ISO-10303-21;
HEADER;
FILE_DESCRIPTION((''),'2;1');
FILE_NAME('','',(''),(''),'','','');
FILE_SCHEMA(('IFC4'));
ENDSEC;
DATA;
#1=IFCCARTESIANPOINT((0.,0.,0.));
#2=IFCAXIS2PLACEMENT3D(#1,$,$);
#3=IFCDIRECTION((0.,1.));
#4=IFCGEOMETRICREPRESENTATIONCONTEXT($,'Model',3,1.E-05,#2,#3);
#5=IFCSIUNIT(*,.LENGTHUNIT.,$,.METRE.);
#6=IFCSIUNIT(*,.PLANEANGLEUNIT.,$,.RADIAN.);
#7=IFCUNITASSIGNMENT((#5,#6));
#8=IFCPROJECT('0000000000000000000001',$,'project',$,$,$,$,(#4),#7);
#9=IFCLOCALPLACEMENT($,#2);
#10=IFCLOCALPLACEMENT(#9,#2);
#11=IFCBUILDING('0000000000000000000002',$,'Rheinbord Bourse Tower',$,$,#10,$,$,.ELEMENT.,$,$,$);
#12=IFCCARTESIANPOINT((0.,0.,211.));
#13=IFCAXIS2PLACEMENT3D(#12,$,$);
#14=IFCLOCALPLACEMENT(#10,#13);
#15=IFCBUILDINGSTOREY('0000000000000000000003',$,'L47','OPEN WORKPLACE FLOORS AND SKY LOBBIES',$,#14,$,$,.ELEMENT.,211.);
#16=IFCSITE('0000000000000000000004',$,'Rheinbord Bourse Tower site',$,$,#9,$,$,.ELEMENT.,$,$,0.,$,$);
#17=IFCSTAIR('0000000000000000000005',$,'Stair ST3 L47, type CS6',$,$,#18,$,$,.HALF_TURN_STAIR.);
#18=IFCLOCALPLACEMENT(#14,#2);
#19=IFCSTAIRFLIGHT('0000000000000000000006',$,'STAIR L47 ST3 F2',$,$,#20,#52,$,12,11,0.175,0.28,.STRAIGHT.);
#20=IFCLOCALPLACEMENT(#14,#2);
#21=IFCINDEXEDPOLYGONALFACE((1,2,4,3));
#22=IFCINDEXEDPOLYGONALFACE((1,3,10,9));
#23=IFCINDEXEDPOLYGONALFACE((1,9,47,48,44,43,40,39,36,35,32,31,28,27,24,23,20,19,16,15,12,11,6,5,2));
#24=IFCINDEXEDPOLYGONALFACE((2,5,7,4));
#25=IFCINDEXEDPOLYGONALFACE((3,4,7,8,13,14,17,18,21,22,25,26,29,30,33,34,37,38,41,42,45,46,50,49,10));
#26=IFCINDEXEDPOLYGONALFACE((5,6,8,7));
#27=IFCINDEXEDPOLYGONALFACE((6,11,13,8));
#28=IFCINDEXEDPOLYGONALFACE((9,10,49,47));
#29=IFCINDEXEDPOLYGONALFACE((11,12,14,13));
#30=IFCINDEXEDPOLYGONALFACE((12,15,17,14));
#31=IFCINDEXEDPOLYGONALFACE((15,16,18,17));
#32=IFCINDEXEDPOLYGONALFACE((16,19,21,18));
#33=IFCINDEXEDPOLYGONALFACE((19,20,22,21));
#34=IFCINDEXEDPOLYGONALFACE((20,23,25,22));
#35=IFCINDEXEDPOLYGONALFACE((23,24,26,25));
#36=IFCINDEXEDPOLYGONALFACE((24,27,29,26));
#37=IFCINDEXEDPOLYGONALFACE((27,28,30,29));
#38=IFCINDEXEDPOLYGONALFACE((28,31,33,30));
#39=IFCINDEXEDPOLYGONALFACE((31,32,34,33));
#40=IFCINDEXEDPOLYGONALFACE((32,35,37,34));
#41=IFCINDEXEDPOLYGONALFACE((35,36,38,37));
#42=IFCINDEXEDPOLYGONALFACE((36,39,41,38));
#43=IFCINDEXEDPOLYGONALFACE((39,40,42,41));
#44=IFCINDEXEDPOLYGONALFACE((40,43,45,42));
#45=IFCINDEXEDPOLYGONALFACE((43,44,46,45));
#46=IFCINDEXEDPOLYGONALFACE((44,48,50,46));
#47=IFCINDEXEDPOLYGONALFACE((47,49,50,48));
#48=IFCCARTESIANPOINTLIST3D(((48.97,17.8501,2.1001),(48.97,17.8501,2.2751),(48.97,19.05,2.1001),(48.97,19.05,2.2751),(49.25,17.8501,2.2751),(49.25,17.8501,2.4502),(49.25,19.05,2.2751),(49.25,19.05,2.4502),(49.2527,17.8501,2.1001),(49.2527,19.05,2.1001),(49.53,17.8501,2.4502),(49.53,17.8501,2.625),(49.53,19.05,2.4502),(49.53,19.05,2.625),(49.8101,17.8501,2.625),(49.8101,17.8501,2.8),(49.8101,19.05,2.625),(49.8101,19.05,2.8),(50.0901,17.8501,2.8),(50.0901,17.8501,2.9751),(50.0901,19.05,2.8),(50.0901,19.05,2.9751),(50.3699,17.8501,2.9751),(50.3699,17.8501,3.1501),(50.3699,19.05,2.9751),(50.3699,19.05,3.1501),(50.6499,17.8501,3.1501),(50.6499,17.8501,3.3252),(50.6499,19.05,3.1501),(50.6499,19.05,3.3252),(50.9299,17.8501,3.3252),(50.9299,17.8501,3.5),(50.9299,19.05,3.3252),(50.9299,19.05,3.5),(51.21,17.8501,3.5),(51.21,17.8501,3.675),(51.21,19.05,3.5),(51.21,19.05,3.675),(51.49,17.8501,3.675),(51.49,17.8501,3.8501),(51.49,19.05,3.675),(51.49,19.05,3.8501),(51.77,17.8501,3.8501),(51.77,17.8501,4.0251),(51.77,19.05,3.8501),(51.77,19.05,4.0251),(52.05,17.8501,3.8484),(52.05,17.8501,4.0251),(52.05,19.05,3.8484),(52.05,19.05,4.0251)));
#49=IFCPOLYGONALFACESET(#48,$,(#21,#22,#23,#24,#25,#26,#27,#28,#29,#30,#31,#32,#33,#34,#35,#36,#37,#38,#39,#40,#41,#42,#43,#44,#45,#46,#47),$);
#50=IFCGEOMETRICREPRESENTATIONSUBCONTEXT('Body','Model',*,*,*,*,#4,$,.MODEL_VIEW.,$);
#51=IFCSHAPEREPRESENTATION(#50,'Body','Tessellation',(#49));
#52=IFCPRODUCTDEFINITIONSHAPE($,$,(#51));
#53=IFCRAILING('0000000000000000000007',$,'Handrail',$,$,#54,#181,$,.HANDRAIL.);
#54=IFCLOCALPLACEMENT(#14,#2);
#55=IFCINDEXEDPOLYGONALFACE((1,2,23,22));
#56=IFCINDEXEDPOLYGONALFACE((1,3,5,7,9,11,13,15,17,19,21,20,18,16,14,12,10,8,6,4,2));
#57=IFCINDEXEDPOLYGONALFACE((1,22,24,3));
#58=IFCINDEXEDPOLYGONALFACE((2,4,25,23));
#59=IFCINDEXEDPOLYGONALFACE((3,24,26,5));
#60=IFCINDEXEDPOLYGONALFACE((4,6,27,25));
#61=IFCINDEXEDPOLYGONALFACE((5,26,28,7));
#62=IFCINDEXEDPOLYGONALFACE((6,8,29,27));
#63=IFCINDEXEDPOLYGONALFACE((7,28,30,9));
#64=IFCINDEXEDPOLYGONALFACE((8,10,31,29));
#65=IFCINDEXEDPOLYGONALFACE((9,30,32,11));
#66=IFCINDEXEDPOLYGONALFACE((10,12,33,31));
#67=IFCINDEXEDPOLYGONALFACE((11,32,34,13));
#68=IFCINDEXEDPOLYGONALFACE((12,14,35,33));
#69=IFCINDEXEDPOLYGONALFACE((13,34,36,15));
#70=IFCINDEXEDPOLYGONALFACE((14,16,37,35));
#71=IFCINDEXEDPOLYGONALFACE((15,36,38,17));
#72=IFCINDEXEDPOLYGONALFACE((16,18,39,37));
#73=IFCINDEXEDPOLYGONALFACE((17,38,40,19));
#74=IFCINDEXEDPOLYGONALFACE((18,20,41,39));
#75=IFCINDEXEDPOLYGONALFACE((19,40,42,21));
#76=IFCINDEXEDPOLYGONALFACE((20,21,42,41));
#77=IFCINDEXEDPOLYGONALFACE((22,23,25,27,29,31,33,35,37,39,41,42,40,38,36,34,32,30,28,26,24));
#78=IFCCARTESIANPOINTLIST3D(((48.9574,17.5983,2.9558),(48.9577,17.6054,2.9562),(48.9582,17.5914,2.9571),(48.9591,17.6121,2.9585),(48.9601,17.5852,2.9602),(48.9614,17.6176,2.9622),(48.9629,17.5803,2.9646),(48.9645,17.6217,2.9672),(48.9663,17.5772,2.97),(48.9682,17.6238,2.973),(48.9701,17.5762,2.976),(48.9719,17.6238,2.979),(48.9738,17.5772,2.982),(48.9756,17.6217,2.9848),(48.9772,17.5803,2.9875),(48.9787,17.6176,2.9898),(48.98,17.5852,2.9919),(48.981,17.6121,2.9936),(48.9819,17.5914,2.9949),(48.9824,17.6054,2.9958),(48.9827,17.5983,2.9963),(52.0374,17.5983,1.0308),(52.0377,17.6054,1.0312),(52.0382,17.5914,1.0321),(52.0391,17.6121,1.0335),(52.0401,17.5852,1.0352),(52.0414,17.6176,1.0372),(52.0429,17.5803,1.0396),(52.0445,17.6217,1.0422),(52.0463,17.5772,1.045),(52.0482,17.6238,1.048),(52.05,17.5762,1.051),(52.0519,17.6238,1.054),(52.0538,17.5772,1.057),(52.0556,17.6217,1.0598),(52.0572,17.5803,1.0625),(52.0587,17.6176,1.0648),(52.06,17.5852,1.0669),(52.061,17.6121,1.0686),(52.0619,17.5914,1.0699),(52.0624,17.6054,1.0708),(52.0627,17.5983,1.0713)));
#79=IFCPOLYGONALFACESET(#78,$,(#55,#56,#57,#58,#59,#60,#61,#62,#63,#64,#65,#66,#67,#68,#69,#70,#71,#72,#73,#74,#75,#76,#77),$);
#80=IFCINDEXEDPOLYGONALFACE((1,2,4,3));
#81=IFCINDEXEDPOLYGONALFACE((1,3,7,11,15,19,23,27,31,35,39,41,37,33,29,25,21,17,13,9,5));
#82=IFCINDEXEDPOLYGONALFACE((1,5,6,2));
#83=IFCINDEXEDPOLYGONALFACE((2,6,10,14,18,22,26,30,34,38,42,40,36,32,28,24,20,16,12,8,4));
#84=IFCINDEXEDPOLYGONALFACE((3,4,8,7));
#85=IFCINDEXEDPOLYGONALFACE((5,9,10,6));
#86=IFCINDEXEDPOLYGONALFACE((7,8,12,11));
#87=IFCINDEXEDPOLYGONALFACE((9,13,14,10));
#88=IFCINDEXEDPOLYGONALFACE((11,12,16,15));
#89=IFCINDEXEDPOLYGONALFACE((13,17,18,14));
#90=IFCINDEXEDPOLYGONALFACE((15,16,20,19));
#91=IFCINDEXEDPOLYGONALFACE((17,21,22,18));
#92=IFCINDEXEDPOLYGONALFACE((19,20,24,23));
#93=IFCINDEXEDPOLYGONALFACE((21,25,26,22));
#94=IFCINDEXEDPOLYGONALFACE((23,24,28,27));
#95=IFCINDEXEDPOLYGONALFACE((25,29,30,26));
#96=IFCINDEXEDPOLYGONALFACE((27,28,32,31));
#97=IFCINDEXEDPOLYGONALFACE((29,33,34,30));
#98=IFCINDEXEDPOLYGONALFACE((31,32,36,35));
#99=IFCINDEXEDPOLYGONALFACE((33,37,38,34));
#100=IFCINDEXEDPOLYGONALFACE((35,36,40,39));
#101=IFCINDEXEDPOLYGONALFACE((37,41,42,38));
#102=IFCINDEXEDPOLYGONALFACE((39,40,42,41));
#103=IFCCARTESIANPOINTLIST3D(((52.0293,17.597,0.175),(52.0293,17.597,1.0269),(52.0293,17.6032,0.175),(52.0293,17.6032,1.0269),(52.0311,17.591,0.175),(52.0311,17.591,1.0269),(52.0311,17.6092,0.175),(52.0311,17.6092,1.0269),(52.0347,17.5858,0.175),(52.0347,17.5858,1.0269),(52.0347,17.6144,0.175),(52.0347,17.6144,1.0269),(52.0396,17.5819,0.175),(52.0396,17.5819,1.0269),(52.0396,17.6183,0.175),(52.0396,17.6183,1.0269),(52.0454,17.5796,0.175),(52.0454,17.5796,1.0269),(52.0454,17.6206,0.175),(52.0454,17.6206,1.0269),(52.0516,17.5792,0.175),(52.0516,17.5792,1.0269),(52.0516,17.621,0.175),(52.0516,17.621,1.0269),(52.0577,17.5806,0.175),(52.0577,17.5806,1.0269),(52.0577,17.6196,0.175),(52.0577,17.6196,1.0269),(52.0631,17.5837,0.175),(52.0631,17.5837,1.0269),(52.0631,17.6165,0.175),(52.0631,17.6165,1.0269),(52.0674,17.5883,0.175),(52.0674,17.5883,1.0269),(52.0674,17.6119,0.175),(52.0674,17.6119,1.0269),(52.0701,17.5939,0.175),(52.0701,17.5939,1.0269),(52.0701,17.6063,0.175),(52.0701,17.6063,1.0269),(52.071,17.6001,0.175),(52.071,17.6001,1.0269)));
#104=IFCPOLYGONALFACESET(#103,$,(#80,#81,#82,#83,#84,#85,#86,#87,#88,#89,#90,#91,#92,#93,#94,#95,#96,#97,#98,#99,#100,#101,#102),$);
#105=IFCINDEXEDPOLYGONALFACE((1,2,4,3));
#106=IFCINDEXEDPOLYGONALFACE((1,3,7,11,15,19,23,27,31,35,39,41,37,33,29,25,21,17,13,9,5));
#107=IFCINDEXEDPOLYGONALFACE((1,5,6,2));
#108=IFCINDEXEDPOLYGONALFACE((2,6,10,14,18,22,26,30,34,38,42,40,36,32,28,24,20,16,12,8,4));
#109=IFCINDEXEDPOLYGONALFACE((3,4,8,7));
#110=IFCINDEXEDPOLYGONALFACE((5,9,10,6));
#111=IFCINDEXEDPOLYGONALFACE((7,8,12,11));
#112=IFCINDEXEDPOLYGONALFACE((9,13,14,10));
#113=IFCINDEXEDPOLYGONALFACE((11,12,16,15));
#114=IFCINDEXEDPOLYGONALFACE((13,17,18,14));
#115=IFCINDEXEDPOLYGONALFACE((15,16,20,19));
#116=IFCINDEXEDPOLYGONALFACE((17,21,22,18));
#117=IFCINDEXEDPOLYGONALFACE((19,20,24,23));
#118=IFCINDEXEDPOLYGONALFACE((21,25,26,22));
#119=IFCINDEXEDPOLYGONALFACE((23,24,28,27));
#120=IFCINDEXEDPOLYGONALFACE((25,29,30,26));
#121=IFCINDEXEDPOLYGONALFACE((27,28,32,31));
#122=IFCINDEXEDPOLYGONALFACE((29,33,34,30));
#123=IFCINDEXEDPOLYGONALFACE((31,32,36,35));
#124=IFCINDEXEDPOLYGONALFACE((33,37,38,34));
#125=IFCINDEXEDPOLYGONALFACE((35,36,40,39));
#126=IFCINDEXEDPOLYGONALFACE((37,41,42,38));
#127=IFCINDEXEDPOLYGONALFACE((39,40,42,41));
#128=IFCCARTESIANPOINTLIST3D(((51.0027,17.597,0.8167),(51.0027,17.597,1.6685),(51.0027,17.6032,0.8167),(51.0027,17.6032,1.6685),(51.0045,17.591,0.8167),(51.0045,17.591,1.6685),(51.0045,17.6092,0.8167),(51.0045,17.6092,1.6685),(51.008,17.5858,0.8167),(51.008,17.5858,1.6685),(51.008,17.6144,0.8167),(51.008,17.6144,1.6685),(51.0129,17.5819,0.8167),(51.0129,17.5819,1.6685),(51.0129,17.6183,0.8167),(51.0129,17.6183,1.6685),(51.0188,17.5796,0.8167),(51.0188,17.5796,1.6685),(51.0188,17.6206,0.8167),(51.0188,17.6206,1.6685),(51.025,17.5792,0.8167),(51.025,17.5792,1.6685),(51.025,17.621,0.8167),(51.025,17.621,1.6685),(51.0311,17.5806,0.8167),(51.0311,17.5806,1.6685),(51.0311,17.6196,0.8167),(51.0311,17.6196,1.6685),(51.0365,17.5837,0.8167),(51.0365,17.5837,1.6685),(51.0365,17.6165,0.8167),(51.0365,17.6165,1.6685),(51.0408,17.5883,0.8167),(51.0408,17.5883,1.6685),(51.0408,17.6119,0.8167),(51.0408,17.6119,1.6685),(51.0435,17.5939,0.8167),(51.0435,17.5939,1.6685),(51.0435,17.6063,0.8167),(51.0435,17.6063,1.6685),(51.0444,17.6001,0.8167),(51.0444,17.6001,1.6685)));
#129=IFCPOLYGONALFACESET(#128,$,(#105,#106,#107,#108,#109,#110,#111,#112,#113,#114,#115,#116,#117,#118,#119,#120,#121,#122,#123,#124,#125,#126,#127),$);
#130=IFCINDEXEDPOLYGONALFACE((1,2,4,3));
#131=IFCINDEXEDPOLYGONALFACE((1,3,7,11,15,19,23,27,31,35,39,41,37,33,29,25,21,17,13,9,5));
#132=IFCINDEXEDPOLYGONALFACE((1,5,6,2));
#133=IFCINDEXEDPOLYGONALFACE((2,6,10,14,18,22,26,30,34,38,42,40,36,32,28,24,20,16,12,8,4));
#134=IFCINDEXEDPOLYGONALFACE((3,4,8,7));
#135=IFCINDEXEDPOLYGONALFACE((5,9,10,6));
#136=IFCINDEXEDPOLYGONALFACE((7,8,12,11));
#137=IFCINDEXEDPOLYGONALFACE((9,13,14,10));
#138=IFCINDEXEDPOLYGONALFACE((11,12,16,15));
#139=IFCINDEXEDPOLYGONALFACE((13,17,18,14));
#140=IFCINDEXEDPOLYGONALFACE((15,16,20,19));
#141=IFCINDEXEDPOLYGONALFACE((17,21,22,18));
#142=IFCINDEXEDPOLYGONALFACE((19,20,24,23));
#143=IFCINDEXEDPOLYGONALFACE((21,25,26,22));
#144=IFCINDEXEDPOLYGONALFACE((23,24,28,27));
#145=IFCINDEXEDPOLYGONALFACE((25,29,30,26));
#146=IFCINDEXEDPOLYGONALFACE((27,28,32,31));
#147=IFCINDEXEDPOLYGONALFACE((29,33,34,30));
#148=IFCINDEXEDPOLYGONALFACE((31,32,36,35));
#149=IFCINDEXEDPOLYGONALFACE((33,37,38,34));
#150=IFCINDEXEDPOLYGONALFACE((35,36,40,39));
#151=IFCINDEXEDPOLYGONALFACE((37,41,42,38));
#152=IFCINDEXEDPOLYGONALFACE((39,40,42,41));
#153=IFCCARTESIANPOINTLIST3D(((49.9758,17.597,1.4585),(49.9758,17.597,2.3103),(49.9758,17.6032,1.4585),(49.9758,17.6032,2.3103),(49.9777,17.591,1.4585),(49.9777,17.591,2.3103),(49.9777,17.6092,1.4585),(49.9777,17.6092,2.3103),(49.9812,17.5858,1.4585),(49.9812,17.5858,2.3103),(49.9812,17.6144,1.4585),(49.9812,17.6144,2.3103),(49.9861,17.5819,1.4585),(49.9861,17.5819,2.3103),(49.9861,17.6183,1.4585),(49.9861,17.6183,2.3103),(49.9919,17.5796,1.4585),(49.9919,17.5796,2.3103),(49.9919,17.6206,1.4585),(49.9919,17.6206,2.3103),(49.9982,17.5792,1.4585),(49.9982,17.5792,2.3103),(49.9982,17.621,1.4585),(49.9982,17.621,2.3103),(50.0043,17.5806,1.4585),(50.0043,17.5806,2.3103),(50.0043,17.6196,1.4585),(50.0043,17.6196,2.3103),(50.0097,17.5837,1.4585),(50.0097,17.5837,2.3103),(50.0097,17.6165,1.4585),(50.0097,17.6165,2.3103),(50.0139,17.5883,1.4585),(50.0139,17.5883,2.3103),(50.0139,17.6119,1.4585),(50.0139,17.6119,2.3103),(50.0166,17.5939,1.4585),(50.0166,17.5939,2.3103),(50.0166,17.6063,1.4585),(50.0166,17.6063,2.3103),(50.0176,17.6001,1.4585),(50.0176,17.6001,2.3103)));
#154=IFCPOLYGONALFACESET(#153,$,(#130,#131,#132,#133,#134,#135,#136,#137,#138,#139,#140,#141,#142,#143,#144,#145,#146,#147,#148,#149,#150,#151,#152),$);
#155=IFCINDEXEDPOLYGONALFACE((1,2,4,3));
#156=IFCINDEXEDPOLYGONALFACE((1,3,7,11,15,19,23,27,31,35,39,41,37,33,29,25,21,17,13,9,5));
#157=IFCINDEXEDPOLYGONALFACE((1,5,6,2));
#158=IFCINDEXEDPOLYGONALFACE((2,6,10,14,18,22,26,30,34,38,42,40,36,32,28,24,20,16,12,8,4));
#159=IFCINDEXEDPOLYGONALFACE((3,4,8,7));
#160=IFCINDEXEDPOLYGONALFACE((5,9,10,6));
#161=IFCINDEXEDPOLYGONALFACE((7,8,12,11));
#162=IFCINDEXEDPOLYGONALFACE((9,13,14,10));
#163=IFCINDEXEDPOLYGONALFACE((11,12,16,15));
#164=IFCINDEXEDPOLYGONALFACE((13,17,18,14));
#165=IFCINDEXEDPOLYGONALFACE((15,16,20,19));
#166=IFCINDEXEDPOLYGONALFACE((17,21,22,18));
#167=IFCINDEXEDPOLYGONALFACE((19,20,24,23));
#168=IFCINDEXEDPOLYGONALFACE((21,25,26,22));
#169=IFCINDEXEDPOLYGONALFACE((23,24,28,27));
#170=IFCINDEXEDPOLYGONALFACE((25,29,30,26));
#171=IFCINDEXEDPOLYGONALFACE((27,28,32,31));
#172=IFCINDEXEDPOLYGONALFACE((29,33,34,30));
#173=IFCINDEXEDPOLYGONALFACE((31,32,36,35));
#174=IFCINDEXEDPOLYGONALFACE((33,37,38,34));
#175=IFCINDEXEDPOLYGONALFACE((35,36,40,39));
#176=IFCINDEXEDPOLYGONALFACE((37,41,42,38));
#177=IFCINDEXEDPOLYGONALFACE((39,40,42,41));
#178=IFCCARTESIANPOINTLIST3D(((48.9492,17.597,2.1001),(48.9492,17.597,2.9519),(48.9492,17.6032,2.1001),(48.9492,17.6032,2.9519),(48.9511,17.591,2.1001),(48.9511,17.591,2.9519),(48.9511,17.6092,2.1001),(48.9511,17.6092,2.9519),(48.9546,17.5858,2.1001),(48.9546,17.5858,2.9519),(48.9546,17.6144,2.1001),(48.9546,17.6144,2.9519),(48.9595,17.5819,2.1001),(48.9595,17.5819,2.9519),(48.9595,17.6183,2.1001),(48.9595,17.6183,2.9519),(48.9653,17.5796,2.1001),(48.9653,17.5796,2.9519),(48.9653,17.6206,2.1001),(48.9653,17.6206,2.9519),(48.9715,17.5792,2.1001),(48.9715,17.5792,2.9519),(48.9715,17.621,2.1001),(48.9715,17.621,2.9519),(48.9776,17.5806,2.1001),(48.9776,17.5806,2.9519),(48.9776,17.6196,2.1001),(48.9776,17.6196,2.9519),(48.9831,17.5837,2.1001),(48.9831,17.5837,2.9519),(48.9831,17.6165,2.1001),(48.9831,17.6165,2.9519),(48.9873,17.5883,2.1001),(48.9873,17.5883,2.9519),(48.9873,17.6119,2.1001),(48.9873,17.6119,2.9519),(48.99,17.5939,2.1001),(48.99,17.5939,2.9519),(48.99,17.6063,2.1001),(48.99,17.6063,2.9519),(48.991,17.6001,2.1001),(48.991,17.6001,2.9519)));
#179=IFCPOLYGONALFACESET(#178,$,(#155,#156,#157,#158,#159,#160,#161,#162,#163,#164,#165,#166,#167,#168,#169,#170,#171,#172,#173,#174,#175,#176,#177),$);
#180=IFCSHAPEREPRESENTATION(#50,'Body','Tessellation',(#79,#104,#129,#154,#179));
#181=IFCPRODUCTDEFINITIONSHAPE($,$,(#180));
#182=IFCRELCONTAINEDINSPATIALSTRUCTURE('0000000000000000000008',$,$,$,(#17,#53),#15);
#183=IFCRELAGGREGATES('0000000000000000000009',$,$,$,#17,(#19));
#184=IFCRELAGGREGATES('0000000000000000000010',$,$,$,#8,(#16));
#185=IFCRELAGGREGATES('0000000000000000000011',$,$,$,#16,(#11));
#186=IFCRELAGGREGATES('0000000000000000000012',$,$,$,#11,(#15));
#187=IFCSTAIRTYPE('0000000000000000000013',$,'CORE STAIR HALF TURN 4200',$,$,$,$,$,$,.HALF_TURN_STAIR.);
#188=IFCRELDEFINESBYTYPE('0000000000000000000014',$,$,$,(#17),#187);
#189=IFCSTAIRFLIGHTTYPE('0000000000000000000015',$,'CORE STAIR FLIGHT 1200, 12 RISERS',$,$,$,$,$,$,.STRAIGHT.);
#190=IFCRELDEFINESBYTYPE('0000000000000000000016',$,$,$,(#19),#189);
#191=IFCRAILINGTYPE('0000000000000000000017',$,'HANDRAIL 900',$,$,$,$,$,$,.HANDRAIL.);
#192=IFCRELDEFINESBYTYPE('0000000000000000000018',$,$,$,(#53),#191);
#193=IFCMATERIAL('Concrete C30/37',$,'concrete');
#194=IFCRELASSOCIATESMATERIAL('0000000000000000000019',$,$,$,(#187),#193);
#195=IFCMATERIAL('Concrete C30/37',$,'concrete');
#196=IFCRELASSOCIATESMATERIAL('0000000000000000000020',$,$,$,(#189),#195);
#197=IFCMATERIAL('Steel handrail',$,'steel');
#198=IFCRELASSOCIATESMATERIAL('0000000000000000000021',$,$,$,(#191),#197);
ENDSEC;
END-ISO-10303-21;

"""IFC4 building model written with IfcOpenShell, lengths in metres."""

from ifc_helpers import new_model, si_unit, direction, frame, origin, origin_2d, place, context, subcontext, project, spatial, polyline, circle, outline, extrude, material, type_object, element, aggregate, save


model = new_model("IFC4")

# Units and contexts
model_context = context("Model", 3, precision=1e-05, world=origin(), true_north=direction((0.0, 1.0)))
body_context = subcontext(model_context, "Body", "Model", "MODEL_VIEW")
ifc_project = project(units=[si_unit("LENGTHUNIT", "METRE"), si_unit("PLANEANGLEUNIT", "RADIAN")], contexts=[model_context])

# Site, building, storey
site_placement = place(None, origin())
site = spatial("IfcSite", under=ifc_project, at=site_placement, Name="Rheinbord Bourse Tower site", CompositionType="ELEMENT", RefElevation=0.0)
building_placement = place(site_placement, origin())
building = spatial("IfcBuilding", under=site, at=building_placement, Name="Rheinbord Bourse Tower", CompositionType="ELEMENT")
storey_placement = place(building_placement, frame((0.0, 0.0, 211.0)))
storey = spatial("IfcBuildingStorey", under=building, at=storey_placement, Name="L47", Description="OPEN WORKPLACE FLOORS AND SKY LOBBIES", CompositionType="ELEMENT", Elevation=211.0)

# Stair, stair flight
ifc_material_1 = material(Name="Concrete C30/37", Category="concrete")
stair_type = type_object("IfcStairType", Name="CORE STAIR HALF TURN 4200", PredefinedType="HALF_TURN_STAIR", material=ifc_material_1)
stair_placement = place(storey_placement, origin())
stair = element("IfcStair", 1, at=stair_placement, inside=storey, type_object=stair_type, Name="Stair ST3 L47, type CS6", PredefinedType="HALF_TURN_STAIR")
ifc_material_2 = material(Name="Concrete C30/37", Category="concrete")
stair_flight_type = type_object("IfcStairFlightType", Name="CORE STAIR FLIGHT 1200, 12 RISERS", PredefinedType="STRAIGHT", material=ifc_material_2)
stair_flight_1_placement = place(storey_placement, frame((48.97, 18.45, 2.1001), z_axis=(0.0, 0.0, 1.0), x_axis=(1.0, 0.0, 0.0)))
stair_flight_1 = element("IfcStairFlight", 2, at=stair_flight_1_placement, type_object=stair_flight_type, Name="STAIR L47 ST3 F2", NumberOfRisers=12, NumberOfTreads=11, PredefinedType="STRAIGHT", RiserHeight=0.175, TreadLength=0.28, context=body_context, shape_type="SweptSolid", body=[
    extrude(outline(polyline([(0.0, 0.0), (0.0, 0.175), (0.28, 0.175), (0.28, 0.3501), (0.5601, 0.3501), (0.5601, 0.5249), (0.8401, 0.5249), (0.8401, 0.7), (1.1201, 0.7), (1.1201, 0.875), (1.3999, 0.875), (1.3999, 1.05), (1.6799, 1.05), (1.6799, 1.2251), (1.96, 1.2251), (1.96, 1.3999), (2.24, 1.3999), (2.24, 1.575), (2.52, 1.575), (2.52, 1.75), (2.8, 1.75), (2.8, 1.925), (3.0801, 1.925), (3.0801, 2.1001), (3.0801, 1.7483), (0.2827, 0.0), (0.0, 0.0)])), frame((0.0, 0.6001, 0.0), z_axis=(0.0, -1.0, 0.0), x_axis=(1.0, 0.0, 0.0)), (0.0, 0.0, 1.0), 1.2),
])
aggregate(stair, [stair_flight_1])

# Railing
ifc_material_3 = material(Name="Steel handrail", Category="steel")
railing_type = type_object("IfcRailingType", Name="HANDRAIL 900", PredefinedType="HANDRAIL", material=ifc_material_3)
railing_1_placement = place(storey_placement, frame((52.05, 17.6001, 0.175)))
element("IfcRailing", 3, at=railing_1_placement, inside=storey, type_object=railing_type, Name="Handrail", PredefinedType="HANDRAIL", context=body_context, shape_type="SweptSolid", body=[
    extrude(circle(Radius=0.0239, at=origin_2d()), frame((0.0, 0.0, 0.876), z_axis=(-0.847998, 0.0, 0.529999), x_axis=(0.0, -1.0, 0.0)), (0.0, 0.0, 1.0), 3.6321),
    extrude(circle(Radius=0.021, at=origin_2d()), origin(), (0.0, 0.0, 1.0), 0.8518),
    extrude(circle(Radius=0.021, at=origin_2d()), frame((-1.0266, 0.0, 0.6416)), (0.0, 0.0, 1.0), 0.8518),
    extrude(circle(Radius=0.021, at=origin_2d()), frame((-2.0535, 0.0, 1.2834)), (0.0, 0.0, 1.0), 0.8518),
    extrude(circle(Radius=0.021, at=origin_2d()), frame((-3.0801, 0.0, 1.925)), (0.0, 0.0, 1.0), 0.8518),
])

save(model, "model.ifc")
